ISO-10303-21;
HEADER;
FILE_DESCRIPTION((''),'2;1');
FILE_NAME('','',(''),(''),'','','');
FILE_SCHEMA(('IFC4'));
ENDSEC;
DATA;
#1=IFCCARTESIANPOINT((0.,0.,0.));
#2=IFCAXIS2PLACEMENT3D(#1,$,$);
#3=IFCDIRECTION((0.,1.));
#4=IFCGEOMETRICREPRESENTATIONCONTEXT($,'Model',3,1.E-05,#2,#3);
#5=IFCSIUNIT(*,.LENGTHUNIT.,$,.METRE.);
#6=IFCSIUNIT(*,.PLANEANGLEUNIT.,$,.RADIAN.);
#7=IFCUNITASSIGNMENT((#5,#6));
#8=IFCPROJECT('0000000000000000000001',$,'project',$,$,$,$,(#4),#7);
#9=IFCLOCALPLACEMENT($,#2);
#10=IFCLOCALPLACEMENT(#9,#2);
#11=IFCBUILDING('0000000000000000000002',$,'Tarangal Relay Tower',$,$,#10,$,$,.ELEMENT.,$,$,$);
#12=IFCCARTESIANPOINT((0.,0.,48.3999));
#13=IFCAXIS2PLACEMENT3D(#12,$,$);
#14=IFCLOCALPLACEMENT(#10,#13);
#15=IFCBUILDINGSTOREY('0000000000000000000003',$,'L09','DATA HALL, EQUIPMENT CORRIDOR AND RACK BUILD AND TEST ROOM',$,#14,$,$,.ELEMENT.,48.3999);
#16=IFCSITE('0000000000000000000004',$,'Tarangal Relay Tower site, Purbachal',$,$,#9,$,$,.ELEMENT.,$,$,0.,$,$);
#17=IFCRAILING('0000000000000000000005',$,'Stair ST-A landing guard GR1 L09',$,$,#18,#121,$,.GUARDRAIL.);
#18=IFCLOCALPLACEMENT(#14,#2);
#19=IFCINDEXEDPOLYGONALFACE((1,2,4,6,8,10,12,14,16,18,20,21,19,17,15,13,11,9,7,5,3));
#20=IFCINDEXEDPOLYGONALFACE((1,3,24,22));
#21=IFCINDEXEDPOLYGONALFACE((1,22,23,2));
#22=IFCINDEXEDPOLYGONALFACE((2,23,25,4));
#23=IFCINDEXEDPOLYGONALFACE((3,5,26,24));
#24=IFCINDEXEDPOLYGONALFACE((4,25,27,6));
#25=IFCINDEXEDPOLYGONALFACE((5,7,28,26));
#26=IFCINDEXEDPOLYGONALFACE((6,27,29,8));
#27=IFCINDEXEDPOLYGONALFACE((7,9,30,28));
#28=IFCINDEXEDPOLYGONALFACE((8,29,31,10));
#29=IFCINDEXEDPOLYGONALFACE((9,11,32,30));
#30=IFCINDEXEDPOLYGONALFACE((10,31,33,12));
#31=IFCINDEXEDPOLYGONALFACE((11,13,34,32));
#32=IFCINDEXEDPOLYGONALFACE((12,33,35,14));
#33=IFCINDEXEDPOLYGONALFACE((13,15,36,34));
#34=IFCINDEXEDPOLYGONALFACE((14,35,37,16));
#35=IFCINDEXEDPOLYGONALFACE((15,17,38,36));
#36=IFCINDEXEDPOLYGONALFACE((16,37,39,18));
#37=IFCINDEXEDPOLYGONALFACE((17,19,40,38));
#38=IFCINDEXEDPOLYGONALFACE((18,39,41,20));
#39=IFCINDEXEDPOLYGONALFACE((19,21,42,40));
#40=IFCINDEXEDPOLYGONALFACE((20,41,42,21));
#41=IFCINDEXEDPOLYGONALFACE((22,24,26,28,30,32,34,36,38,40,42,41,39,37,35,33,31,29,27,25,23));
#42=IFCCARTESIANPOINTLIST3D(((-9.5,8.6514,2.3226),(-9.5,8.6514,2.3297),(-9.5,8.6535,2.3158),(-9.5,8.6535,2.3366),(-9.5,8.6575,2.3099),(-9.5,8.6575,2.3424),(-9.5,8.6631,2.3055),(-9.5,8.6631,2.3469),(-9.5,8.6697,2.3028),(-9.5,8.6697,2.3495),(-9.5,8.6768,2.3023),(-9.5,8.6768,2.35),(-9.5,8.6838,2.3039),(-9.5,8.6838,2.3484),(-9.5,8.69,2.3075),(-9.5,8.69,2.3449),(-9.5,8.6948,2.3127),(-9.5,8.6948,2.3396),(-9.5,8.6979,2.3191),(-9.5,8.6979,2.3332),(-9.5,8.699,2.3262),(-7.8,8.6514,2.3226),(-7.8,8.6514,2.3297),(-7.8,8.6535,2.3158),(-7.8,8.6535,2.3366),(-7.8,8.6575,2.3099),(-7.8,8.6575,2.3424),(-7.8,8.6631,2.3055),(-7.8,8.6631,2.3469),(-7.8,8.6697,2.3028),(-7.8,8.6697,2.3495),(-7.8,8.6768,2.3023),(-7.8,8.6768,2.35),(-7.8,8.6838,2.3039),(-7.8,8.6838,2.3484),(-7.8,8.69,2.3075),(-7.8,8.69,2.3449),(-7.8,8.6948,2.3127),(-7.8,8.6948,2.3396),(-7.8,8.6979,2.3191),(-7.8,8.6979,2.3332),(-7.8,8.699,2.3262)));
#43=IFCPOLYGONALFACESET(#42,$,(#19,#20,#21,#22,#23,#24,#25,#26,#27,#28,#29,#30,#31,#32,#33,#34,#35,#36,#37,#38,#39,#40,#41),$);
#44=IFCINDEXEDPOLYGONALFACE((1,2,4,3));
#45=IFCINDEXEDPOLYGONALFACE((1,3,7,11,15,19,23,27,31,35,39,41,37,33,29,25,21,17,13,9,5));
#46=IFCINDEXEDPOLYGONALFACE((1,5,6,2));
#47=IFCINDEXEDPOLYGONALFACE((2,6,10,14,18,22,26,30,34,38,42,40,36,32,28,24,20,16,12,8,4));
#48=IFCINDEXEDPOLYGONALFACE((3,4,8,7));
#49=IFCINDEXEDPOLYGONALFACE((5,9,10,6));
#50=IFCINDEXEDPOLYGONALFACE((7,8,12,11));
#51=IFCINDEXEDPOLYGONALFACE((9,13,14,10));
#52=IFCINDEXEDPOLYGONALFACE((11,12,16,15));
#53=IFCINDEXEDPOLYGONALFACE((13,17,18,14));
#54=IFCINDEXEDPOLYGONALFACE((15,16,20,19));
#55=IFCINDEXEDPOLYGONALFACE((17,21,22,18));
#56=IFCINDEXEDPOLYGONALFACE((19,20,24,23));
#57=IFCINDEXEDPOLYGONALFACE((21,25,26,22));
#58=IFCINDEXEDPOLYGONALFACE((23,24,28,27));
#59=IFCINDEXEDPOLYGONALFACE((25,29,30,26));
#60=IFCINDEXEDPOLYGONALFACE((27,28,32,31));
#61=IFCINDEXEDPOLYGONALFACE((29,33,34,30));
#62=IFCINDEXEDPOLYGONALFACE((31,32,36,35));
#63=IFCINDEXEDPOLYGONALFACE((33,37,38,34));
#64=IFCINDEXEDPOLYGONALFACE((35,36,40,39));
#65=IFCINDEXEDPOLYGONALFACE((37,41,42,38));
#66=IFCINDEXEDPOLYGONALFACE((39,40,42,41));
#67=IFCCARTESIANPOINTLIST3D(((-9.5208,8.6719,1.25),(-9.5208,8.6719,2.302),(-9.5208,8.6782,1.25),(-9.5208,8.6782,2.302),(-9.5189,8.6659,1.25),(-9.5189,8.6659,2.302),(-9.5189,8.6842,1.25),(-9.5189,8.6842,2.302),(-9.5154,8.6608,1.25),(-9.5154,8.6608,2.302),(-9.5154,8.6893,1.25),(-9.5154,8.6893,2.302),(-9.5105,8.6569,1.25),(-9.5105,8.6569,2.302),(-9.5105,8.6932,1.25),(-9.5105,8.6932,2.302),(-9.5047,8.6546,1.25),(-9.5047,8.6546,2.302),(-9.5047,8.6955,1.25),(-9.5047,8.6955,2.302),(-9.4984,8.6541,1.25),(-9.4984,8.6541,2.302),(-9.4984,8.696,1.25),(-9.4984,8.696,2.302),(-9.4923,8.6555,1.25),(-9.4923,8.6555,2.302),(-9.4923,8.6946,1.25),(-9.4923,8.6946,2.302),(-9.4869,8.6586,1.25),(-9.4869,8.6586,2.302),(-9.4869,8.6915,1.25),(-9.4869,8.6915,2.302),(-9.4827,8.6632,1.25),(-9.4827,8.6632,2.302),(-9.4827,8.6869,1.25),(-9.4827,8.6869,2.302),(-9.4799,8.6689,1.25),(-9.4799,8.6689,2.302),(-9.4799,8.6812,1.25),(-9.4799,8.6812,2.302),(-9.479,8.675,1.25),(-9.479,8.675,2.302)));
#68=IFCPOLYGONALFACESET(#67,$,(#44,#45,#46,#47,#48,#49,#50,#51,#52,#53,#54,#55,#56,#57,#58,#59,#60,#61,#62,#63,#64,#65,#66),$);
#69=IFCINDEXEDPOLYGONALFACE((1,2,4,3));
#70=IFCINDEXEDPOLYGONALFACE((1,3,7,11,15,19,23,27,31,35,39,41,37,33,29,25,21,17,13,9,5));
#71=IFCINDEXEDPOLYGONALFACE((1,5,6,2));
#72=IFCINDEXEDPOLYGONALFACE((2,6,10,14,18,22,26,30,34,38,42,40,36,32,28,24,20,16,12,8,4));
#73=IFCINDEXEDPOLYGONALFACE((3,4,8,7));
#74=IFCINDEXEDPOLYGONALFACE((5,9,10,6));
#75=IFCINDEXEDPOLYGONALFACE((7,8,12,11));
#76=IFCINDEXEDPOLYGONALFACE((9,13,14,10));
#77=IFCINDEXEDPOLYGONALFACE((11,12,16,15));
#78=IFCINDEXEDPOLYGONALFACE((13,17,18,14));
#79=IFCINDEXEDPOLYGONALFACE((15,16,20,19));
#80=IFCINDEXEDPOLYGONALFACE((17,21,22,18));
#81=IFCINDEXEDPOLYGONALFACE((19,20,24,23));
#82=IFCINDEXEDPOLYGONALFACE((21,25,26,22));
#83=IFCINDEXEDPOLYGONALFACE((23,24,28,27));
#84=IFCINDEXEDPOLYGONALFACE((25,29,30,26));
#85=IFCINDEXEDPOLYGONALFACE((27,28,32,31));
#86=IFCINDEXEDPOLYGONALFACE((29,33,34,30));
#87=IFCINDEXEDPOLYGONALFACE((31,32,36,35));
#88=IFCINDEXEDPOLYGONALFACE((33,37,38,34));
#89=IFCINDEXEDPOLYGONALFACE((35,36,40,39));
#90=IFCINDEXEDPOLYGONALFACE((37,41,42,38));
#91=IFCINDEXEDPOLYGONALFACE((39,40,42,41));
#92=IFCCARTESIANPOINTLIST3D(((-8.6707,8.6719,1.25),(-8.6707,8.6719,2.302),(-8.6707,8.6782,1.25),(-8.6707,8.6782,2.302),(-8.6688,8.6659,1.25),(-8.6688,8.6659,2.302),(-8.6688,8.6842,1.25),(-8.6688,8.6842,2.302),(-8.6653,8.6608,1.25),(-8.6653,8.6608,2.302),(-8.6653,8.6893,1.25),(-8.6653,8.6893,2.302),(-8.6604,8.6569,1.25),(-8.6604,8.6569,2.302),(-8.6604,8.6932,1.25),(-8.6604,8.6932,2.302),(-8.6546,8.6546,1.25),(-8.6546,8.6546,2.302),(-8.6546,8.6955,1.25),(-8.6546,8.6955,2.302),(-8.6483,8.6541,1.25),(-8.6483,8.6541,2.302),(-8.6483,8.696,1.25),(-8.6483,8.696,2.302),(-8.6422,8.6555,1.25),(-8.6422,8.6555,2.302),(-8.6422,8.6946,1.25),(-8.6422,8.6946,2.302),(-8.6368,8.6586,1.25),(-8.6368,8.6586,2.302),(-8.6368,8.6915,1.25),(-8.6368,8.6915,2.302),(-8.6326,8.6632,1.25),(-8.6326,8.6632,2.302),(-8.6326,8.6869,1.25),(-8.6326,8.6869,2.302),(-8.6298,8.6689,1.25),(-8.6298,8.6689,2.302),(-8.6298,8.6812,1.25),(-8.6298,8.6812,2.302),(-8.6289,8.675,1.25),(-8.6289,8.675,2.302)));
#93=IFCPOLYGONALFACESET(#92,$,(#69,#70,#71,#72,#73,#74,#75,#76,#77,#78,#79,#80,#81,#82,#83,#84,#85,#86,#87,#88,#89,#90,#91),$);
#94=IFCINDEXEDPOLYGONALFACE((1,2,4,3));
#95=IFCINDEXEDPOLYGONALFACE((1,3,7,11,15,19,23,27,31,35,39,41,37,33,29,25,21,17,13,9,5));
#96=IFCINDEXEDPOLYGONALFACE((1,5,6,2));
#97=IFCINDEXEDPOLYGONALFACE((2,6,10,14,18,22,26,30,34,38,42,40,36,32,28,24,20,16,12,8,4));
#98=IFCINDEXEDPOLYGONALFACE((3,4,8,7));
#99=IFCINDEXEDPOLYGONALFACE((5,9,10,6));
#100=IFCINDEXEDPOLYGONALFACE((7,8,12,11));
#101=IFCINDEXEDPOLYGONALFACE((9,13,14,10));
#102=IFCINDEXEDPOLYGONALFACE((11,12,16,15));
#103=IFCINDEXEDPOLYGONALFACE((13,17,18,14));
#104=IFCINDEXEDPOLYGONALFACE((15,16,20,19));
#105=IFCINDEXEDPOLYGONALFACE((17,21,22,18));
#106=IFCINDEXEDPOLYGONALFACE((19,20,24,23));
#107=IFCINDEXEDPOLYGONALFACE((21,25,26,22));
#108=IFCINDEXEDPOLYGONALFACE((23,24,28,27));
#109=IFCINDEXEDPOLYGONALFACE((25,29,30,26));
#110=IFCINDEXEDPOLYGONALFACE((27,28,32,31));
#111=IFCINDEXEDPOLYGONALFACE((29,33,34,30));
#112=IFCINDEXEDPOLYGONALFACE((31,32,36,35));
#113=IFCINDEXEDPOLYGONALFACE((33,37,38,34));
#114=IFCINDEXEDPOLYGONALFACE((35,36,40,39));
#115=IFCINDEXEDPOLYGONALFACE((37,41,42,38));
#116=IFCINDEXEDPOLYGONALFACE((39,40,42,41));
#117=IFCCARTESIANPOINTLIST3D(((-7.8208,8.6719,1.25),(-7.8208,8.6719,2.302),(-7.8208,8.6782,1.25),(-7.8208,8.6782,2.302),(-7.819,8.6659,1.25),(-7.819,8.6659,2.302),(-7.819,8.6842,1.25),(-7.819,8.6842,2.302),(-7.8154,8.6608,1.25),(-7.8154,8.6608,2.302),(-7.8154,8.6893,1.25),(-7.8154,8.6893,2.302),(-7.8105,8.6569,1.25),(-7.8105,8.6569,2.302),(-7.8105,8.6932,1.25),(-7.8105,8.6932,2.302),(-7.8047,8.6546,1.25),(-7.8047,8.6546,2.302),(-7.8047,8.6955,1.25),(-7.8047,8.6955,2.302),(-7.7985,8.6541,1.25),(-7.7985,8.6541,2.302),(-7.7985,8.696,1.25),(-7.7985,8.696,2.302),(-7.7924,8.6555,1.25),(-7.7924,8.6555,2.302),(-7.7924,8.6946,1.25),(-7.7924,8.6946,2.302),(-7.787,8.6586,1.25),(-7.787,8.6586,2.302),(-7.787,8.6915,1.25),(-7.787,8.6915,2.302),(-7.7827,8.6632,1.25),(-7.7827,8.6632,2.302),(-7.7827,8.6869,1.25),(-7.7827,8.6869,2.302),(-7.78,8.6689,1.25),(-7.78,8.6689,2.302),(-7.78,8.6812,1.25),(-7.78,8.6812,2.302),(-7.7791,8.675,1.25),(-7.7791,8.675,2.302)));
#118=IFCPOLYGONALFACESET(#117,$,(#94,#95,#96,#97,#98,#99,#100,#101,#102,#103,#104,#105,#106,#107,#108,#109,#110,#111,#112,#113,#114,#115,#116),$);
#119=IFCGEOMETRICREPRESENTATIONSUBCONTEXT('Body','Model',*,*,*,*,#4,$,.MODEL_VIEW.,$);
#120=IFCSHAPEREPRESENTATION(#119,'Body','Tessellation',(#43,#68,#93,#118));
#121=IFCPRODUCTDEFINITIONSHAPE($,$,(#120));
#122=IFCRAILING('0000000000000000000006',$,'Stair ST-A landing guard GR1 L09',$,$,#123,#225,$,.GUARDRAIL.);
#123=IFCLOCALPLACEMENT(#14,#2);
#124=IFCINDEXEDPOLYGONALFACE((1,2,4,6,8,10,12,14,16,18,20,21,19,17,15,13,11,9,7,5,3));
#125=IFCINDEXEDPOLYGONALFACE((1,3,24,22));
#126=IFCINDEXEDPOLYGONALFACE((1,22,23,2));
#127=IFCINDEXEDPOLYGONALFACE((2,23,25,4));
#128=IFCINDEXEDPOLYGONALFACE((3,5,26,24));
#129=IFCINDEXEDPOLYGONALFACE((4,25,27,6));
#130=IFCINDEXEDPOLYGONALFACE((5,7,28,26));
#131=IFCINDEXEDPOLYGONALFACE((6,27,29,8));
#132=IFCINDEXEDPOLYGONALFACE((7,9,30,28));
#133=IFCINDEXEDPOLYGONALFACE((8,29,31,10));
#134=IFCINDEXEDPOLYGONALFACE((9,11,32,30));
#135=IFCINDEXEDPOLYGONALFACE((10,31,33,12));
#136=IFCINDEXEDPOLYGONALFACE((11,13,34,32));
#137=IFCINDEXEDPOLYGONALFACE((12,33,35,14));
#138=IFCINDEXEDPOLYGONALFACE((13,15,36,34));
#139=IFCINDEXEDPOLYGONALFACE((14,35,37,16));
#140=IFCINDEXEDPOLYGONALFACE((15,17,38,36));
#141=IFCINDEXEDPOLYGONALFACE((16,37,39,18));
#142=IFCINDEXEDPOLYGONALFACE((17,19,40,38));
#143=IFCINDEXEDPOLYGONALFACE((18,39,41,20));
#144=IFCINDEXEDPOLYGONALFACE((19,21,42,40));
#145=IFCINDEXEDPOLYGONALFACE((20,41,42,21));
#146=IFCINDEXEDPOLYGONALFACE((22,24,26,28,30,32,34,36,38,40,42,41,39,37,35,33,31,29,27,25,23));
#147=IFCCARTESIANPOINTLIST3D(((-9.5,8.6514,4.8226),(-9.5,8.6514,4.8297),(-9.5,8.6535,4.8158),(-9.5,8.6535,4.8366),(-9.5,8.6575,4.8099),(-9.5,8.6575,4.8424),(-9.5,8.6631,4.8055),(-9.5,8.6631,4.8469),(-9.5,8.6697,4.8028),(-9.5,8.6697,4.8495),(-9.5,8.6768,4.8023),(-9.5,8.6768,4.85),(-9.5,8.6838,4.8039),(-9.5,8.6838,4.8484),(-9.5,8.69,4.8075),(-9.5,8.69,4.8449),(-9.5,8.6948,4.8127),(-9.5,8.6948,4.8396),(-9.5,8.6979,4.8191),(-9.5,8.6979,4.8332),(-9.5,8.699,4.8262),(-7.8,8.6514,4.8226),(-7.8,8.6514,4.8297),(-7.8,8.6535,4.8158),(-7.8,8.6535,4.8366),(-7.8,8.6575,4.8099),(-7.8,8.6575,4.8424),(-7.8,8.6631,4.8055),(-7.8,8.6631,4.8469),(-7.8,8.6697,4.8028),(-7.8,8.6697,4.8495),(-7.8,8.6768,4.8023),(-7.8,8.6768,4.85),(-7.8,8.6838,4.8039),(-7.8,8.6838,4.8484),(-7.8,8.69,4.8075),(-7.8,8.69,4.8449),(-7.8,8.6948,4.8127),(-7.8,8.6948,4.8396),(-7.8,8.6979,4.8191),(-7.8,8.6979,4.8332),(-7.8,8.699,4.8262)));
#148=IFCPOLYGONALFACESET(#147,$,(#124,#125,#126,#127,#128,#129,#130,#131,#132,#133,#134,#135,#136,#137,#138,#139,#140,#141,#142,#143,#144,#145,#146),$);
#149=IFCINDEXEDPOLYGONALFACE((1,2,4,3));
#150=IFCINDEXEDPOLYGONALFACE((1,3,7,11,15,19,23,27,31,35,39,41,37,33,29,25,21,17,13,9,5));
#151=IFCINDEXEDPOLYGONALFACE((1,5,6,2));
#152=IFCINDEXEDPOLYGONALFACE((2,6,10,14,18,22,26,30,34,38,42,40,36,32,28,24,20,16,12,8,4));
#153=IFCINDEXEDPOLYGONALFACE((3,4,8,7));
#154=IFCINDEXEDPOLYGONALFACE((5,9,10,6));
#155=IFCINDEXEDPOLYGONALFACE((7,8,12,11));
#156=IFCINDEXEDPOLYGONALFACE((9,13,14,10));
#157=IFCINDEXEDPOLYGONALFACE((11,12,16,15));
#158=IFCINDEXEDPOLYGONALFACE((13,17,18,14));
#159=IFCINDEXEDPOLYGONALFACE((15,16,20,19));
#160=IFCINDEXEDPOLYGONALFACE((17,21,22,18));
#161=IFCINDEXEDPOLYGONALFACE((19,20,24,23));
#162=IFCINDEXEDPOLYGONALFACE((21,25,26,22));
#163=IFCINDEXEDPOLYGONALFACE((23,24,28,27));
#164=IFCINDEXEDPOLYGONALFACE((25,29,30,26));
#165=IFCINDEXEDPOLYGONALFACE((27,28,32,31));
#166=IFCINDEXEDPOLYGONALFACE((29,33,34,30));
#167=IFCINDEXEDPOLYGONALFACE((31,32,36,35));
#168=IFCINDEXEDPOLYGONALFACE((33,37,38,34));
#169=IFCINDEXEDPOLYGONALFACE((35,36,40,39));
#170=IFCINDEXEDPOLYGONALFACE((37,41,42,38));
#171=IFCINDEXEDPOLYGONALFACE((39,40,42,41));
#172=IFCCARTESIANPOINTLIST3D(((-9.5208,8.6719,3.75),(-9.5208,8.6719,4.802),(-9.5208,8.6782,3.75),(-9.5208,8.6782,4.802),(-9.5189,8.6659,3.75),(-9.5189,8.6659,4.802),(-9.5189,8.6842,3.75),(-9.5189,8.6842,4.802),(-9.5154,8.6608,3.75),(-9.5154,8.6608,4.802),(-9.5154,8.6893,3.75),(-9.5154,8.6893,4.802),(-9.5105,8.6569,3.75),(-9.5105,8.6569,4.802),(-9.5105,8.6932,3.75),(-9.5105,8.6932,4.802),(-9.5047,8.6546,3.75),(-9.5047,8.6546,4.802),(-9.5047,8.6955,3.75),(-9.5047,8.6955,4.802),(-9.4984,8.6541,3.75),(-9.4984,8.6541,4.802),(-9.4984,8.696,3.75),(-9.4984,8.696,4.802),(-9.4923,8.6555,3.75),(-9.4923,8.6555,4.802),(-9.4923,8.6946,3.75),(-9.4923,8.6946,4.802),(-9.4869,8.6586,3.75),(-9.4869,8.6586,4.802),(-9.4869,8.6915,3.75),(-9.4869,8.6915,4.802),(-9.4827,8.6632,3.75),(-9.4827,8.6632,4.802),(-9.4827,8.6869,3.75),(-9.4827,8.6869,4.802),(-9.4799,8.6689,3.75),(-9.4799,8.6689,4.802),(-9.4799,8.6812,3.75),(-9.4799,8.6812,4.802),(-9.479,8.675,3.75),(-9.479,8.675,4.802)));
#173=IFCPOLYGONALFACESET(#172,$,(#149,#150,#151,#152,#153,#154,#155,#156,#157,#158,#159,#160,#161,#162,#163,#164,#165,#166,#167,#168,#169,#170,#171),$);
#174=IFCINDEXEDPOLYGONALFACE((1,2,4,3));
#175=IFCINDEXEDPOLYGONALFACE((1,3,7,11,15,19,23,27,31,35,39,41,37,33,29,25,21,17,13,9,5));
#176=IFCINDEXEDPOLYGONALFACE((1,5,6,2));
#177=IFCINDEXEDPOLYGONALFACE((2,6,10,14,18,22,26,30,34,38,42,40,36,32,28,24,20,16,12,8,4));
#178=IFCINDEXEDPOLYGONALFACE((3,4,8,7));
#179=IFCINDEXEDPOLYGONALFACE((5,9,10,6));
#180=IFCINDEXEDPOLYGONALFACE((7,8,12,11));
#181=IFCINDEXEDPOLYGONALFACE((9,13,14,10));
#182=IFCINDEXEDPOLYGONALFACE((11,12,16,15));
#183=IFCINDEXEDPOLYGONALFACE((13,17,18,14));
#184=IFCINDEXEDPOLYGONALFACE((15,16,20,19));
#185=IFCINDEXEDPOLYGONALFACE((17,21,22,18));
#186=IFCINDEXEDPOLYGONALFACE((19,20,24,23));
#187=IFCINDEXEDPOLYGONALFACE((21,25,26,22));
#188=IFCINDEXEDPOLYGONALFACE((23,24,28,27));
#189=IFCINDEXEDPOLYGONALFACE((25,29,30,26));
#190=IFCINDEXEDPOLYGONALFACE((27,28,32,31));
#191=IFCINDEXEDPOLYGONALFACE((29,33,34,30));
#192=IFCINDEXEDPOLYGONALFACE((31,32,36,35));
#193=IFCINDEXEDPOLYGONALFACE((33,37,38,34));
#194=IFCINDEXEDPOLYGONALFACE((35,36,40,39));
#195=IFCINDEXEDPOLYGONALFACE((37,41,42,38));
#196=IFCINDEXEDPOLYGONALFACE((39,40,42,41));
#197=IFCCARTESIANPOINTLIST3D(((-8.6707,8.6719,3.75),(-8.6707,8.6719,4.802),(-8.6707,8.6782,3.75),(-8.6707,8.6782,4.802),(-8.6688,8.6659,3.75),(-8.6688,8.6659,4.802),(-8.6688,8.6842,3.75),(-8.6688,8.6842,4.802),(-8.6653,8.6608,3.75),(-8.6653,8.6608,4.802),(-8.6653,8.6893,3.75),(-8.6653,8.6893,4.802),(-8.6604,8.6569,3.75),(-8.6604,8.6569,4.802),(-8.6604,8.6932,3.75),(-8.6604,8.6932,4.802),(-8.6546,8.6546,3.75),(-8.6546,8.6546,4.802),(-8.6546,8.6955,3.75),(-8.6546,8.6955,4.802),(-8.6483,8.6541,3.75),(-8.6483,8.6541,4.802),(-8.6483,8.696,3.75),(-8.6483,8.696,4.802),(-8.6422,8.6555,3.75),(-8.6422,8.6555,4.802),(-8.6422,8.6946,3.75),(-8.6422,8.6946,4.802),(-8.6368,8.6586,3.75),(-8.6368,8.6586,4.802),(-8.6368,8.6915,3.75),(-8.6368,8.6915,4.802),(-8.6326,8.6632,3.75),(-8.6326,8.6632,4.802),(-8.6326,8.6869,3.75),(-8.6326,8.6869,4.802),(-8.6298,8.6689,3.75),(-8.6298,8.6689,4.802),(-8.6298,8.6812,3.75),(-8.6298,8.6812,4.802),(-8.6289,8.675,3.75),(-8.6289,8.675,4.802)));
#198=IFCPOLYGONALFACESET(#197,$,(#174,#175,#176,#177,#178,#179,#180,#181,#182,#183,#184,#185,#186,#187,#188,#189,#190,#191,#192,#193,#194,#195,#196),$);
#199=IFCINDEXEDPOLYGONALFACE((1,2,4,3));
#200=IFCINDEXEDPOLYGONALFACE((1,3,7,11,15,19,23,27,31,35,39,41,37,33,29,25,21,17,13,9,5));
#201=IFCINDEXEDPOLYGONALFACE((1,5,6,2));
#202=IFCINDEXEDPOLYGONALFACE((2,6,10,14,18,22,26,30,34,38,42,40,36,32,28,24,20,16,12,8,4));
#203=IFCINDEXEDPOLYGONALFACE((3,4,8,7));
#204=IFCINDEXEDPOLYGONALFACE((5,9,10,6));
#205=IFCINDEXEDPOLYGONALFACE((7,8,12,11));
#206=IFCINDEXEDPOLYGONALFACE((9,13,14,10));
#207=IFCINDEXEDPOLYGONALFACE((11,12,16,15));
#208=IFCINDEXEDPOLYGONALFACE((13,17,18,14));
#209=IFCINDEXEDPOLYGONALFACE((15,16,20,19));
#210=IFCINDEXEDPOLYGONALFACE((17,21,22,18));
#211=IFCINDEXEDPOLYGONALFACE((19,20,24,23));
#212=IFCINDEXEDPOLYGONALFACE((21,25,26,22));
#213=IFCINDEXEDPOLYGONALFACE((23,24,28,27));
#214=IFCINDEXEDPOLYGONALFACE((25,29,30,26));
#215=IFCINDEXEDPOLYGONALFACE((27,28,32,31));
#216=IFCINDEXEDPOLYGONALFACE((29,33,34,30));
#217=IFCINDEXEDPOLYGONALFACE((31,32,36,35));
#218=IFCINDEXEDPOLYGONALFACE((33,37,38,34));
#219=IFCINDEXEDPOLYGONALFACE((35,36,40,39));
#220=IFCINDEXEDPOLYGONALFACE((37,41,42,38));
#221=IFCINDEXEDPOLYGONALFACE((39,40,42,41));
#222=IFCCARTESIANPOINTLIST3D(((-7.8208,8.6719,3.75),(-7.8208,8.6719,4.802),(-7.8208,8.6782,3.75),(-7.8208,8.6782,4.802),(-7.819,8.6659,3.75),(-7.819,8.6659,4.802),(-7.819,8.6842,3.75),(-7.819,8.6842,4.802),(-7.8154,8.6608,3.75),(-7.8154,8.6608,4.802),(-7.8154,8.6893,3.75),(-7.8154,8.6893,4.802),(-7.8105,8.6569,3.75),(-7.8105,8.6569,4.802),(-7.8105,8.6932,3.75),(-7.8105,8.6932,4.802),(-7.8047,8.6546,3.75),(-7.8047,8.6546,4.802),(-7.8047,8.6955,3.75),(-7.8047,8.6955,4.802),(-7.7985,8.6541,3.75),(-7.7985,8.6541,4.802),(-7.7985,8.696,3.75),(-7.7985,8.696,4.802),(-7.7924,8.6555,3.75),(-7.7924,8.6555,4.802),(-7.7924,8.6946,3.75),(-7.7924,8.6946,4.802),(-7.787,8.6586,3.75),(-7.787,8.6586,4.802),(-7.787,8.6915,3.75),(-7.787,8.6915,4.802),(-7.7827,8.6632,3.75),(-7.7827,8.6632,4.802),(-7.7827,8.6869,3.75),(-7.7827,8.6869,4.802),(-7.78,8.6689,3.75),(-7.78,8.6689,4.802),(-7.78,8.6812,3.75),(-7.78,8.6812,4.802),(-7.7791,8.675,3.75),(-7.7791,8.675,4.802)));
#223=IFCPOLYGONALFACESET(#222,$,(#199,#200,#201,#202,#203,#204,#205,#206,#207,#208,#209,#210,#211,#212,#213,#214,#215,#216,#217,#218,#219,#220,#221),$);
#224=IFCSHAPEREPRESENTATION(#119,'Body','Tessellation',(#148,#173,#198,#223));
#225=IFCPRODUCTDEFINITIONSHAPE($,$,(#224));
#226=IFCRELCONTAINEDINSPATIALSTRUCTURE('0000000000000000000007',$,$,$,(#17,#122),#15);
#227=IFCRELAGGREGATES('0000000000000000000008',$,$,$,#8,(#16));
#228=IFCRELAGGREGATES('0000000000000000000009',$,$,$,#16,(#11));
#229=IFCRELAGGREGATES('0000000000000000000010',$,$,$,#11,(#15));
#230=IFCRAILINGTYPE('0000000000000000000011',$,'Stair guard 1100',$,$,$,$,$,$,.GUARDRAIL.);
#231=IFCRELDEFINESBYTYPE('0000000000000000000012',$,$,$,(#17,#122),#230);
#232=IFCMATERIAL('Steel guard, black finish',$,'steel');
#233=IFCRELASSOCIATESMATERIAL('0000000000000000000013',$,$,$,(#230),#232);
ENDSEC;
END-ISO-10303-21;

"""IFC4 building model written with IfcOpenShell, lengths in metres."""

from ifc_helpers import new_model, si_unit, direction, frame, origin, origin_2d, place, context, subcontext, project, spatial, circle, extrude, material, type_object, element, save


model = new_model("IFC4")

# Units and contexts
model_context = context("Model", 3, precision=1e-05, world=origin(), true_north=direction((0.0, 1.0)))
body_context = subcontext(model_context, "Body", "Model", "MODEL_VIEW")
ifc_project = project(units=[si_unit("LENGTHUNIT", "METRE"), si_unit("PLANEANGLEUNIT", "RADIAN")], contexts=[model_context])

# Site, building, storey
site_placement = place(None, origin())
site = spatial("IfcSite", under=ifc_project, at=site_placement, Name="Tarangal Relay Tower site, Purbachal", CompositionType="ELEMENT", RefElevation=0.0)
building_placement = place(site_placement, origin())
building = spatial("IfcBuilding", under=site, at=building_placement, Name="Tarangal Relay Tower", CompositionType="ELEMENT")
storey_placement = place(building_placement, frame((0.0, 0.0, 48.3999)))
storey = spatial("IfcBuildingStorey", under=building, at=storey_placement, Name="L09", Description="DATA HALL, EQUIPMENT CORRIDOR AND RACK BUILD AND TEST ROOM", CompositionType="ELEMENT", Elevation=48.3999)

# Railings
ifc_material_1 = material(Name="Steel guard, black finish", Category="steel")
railing_type_1 = type_object("IfcRailingType", Name="Stair guard 1100", PredefinedType="GUARDRAIL", material=ifc_material_1)
for number, where, name in (
    (1, (-9.5, 8.675, 1.25), "Stair ST-A landing guard GR1 L09"),
    (2, (-9.5, 8.675, 3.75), "Stair ST-A landing guard GR1 L09"),
):
    element("IfcRailing", number, at=place(storey_placement, frame(where)), inside=storey, type_object=railing_type_1, Name=name, PredefinedType="GUARDRAIL", context=body_context, shape_type="SweptSolid", body=[
        extrude(circle(Radius=0.0239, at=origin_2d()), frame((0.0, 0.0, 1.0762), z_axis=(1.0, 0.0, 0.0), x_axis=(0.0, 1.0, 0.0)), (0.0, 0.0, 1.0), 1.7),
        extrude(circle(Radius=0.021, at=origin_2d()), origin(), (0.0, 0.0, 1.0), 1.052),
        extrude(circle(Radius=0.021, at=origin_2d()), frame((0.8501, 0.0, 0.0)), (0.0, 0.0, 1.0), 1.052),
        extrude(circle(Radius=0.021, at=origin_2d()), frame((1.7, 0.0, 0.0)), (0.0, 0.0, 1.0), 1.052),
    ])

save(model, "model.ifc")
